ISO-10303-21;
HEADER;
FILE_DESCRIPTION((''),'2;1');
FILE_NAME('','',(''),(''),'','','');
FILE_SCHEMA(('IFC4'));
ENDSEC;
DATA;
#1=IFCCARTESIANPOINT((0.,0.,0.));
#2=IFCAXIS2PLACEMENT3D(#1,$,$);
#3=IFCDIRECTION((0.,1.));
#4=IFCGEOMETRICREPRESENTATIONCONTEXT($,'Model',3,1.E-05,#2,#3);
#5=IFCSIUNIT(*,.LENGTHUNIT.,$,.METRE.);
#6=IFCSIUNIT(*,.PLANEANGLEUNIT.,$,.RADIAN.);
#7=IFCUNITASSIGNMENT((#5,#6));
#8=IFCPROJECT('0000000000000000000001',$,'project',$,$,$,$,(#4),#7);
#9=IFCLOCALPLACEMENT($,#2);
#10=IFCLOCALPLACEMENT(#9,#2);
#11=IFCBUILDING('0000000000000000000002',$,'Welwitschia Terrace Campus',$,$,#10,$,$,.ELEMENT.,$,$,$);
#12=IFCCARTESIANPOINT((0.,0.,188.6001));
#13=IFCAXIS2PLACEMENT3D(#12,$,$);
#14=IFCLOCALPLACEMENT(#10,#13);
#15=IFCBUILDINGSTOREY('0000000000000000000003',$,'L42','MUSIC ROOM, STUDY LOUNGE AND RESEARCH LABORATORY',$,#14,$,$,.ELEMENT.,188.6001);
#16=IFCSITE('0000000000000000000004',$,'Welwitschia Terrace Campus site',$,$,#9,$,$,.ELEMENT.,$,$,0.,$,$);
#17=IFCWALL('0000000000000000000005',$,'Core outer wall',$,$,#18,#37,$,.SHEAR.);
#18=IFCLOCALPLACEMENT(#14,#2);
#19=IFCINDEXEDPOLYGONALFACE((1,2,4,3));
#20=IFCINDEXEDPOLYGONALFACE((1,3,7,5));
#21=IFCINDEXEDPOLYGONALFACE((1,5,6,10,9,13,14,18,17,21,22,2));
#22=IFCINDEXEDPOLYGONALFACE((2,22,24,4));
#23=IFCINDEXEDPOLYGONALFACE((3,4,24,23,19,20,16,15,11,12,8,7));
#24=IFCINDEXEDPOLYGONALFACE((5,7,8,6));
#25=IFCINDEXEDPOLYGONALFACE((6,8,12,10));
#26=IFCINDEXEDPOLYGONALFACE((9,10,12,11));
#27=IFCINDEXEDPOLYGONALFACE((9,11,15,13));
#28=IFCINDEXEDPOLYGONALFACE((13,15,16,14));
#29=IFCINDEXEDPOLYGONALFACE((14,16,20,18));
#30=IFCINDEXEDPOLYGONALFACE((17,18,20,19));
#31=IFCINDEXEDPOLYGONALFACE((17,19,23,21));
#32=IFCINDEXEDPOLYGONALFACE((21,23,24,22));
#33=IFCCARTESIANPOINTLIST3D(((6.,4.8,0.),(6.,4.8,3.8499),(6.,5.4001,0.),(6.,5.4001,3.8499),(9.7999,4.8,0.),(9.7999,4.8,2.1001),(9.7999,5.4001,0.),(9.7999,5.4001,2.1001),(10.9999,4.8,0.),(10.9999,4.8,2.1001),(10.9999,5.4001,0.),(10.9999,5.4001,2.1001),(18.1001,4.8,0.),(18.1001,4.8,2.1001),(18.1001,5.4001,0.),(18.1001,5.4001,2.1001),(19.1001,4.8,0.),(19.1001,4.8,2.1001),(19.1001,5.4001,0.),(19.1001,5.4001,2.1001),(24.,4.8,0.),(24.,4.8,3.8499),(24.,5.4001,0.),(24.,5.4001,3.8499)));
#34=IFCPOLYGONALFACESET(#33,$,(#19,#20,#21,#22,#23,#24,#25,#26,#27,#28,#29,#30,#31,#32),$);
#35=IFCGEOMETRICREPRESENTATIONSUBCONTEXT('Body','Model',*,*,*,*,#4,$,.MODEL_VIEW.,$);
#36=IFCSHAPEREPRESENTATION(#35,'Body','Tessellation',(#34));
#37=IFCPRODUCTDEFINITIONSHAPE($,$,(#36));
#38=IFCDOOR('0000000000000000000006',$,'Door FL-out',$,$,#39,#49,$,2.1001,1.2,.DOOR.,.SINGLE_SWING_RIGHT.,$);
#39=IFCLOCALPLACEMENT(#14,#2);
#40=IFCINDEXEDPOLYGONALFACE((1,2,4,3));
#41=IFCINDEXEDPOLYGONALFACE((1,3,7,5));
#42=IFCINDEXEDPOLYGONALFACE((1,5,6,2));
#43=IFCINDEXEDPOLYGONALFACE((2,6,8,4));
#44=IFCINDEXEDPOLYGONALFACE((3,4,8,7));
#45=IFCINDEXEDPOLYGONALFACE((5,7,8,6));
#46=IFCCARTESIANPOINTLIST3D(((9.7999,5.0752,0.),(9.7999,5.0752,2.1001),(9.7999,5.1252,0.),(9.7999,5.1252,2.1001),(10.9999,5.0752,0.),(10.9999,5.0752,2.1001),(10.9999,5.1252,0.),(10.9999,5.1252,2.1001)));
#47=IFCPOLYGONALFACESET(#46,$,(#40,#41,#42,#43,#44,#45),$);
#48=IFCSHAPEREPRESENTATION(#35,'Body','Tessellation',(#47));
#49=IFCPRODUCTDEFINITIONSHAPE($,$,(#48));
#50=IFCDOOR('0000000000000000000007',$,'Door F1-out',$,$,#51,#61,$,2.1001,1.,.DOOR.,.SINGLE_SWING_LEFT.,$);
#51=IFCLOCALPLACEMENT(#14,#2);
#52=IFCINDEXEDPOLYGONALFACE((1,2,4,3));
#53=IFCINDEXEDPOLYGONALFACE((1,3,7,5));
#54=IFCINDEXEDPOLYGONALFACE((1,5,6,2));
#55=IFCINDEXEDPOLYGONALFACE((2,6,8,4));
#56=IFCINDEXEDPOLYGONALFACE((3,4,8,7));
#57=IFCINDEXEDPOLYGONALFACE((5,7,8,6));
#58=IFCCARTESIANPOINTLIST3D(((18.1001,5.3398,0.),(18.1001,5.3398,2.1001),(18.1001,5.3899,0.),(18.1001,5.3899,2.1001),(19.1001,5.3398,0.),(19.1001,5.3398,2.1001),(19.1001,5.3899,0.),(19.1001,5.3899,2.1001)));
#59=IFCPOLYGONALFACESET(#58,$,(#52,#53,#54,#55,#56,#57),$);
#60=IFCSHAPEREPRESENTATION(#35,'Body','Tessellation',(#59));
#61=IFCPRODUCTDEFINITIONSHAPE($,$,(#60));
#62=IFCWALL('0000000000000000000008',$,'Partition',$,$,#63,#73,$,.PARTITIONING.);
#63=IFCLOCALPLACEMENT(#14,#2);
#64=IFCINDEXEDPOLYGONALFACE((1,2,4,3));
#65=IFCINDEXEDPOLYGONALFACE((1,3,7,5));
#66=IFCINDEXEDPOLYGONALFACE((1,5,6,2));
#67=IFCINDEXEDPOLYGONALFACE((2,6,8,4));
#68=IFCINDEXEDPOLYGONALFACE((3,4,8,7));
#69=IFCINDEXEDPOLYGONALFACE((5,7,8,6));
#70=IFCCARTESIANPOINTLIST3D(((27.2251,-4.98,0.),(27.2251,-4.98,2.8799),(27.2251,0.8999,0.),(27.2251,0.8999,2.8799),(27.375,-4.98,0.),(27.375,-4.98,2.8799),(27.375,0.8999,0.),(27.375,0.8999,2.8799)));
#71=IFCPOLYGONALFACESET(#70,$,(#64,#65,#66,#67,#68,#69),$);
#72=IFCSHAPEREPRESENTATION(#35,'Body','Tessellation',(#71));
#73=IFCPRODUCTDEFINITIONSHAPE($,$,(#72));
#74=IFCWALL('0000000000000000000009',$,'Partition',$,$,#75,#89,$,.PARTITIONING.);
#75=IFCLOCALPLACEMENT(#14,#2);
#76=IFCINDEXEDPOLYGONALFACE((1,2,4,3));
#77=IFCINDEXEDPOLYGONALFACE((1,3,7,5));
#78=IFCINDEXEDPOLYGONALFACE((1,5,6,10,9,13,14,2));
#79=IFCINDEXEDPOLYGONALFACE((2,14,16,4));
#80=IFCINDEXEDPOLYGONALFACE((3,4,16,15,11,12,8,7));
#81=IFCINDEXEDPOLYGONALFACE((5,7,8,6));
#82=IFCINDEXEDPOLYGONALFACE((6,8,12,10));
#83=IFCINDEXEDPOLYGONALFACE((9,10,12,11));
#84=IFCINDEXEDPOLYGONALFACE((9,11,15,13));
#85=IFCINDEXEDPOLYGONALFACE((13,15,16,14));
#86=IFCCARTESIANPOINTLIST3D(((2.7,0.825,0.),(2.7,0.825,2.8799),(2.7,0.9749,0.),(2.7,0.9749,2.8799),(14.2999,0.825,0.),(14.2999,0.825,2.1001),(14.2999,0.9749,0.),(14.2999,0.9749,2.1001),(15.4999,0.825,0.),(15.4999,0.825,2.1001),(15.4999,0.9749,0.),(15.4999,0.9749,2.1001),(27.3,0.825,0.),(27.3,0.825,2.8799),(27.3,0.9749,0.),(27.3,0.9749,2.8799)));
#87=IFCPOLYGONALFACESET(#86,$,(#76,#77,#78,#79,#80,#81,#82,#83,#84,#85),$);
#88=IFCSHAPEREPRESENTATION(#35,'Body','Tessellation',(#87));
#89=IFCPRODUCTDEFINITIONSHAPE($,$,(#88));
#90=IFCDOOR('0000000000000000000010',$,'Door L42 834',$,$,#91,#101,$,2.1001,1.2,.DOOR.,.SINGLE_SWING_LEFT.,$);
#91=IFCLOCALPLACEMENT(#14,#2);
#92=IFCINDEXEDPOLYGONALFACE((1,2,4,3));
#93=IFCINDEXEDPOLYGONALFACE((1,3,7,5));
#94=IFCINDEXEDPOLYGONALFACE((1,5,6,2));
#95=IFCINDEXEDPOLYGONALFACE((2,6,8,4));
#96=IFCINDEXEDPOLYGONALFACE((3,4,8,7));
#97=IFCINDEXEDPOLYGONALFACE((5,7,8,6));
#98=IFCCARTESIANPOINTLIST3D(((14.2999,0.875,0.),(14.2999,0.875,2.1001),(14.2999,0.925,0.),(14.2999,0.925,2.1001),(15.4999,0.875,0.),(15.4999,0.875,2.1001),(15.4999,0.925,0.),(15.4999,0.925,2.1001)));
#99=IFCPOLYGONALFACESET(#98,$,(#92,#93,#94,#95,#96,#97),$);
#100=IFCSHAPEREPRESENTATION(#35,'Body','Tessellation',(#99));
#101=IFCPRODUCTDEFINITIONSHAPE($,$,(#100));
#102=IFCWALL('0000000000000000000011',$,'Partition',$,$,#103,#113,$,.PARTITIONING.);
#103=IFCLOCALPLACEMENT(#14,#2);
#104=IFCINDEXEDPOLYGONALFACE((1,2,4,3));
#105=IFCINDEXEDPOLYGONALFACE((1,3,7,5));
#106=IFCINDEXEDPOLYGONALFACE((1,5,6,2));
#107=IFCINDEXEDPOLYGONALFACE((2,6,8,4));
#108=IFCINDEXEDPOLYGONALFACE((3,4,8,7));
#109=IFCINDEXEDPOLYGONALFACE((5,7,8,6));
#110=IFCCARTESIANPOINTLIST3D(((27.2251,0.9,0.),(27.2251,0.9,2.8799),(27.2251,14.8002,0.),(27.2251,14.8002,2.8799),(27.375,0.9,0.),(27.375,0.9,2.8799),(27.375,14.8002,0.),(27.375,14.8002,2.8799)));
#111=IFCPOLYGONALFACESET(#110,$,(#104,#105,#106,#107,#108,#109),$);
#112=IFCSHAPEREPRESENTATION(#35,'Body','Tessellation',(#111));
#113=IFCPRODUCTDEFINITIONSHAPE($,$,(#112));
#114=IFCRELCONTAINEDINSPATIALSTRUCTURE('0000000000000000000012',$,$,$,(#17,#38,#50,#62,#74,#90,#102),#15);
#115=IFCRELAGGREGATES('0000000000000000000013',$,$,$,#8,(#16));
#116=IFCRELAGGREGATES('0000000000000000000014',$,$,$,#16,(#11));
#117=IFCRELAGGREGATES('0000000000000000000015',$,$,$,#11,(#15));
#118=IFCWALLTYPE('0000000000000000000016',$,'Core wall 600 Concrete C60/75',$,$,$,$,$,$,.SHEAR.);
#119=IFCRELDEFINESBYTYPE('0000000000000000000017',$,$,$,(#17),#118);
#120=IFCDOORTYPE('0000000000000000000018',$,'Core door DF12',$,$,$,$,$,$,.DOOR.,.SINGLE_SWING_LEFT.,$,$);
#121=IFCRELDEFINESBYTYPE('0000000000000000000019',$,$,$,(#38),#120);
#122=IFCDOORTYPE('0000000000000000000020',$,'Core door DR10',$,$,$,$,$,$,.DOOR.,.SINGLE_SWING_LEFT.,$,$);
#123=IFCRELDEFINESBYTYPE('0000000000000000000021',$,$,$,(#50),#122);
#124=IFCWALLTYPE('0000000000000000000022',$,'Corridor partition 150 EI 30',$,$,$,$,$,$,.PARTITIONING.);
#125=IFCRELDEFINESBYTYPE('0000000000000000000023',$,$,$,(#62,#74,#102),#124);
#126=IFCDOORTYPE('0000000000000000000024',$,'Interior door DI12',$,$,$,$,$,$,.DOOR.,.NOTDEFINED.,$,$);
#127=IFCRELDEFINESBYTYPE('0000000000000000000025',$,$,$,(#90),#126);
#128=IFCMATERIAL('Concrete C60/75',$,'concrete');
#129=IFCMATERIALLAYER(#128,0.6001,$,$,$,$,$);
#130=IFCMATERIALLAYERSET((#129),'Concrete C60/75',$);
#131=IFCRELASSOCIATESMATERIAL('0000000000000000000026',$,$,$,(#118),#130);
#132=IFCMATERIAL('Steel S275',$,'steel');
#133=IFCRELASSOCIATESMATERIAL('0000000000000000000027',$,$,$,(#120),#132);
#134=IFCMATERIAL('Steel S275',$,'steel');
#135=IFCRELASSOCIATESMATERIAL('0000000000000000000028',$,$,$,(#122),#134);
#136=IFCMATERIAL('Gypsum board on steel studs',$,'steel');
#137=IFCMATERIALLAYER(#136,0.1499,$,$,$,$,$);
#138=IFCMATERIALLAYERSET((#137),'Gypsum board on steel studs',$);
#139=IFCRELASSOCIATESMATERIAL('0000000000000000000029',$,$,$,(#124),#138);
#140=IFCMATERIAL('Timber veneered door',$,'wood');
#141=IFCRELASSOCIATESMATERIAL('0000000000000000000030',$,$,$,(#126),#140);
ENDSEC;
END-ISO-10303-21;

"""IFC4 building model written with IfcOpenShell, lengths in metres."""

from ifc_helpers import new_model, si_unit, direction, frame, frame_2d, origin, place, context, subcontext, project, spatial, rectangle, extrude, material, layer, layer_set, type_object, element, fill, save


model = new_model("IFC4")

# Units and contexts
model_context = context("Model", 3, precision=1e-05, world=origin(), true_north=direction((0.0, 1.0)))
body_context = subcontext(model_context, "Body", "Model", "MODEL_VIEW")
ifc_project = project(units=[si_unit("LENGTHUNIT", "METRE"), si_unit("PLANEANGLEUNIT", "RADIAN")], contexts=[model_context])

# Site, building, storey
site_placement = place(None, origin())
site = spatial("IfcSite", under=ifc_project, at=site_placement, Name="Welwitschia Terrace Campus site", CompositionType="ELEMENT", RefElevation=0.0)
building_placement = place(site_placement, origin())
building = spatial("IfcBuilding", under=site, at=building_placement, Name="Welwitschia Terrace Campus", CompositionType="ELEMENT")
storey_placement = place(building_placement, frame((0.0, 0.0, 188.6001)))
storey = spatial("IfcBuildingStorey", under=building, at=storey_placement, Name="L42", Description="MUSIC ROOM, STUDY LOUNGE AND RESEARCH LABORATORY", CompositionType="ELEMENT", Elevation=188.6001)

# Wall, openings, doors
ifc_material_1 = material(Name="Concrete C60/75", Category="concrete")
ifc_layer_1 = layer(ifc_material_1, 0.6001)
ifc_layer_set_1 = layer_set([ifc_layer_1], Name="Concrete C60/75")
wall_type_1 = type_object("IfcWallType", Name="Core wall 600 Concrete C60/75", PredefinedType="SHEAR", material=ifc_layer_set_1)
wall_1_placement = place(storey_placement, frame((24.0, 5.1001, 0.0), z_axis=(0.0, 0.0, 1.0), x_axis=(-1.0, 0.0, 0.0)))
wall_1 = element("IfcWall", 1, at=wall_1_placement, inside=storey, type_object=wall_type_1, Name="Core outer wall", PredefinedType="SHEAR", context=body_context, shape_type="SweptSolid", body=[
    extrude(rectangle(XDim=18.0, YDim=0.6001, at=frame_2d((9.0, 0.0))), origin(), (0.0, 0.0, 1.0), 3.8499),
])
opening_1_placement = place(wall_1_placement, frame((13.0, 0.0, 0.0)))
opening_1 = element("IfcOpeningElement", 2, at=opening_1_placement, cuts=wall_1, PredefinedType="OPENING", context=body_context, shape_type="SweptSolid", body=[
    extrude(rectangle(XDim=1.2, YDim=2.1001, at=frame_2d((0.6001, 1.05))), frame((0.0, 0.3101, 0.0), z_axis=(0.0, -1.0, 0.0), x_axis=(1.0, 0.0, 0.0)), (0.0, 0.0, 1.0), 0.6201),
])
opening_2_placement = place(wall_1_placement, frame((4.8999, 0.0, 0.0)))
opening_2 = element("IfcOpeningElement", 3, at=opening_2_placement, cuts=wall_1, PredefinedType="OPENING", context=body_context, shape_type="SweptSolid", body=[
    extrude(rectangle(XDim=1.0, YDim=2.1001, at=frame_2d((0.5, 1.05))), frame((0.0, 0.3101, 0.0), z_axis=(0.0, -1.0, 0.0), x_axis=(1.0, 0.0, 0.0)), (0.0, 0.0, 1.0), 0.6201),
])
ifc_material_2 = material(Name="Steel S275", Category="steel")
door_type_1 = type_object("IfcDoorType", Name="Core door DF12", OperationType="SINGLE_SWING_LEFT", PredefinedType="DOOR", material=ifc_material_2)
door_1_placement = place(opening_1_placement, origin())
door_1 = element("IfcDoor", 4, at=door_1_placement, inside=storey, type_object=door_type_1, Name="Door FL-out", OperationType="SINGLE_SWING_RIGHT", OverallHeight=2.1001, OverallWidth=1.2, PredefinedType="DOOR", context=body_context, shape_type="SweptSolid", body=[
    extrude(rectangle(XDim=1.2, YDim=2.1001, at=frame_2d((0.6001, 1.05))), frame((0.0, 0.0249, 0.0), z_axis=(0.0, -1.0, 0.0), x_axis=(1.0, 0.0, 0.0)), (0.0, 0.0, 1.0), 0.05),
])
fill(opening_1, door_1)
ifc_material_3 = material(Name="Steel S275", Category="steel")
door_type_2 = type_object("IfcDoorType", Name="Core door DR10", OperationType="SINGLE_SWING_LEFT", PredefinedType="DOOR", material=ifc_material_3)
door_2_placement = place(opening_2_placement, origin())
door_2 = element("IfcDoor", 5, at=door_2_placement, inside=storey, type_object=door_type_2, Name="Door F1-out", OperationType="SINGLE_SWING_LEFT", OverallHeight=2.1001, OverallWidth=1.0, PredefinedType="DOOR", context=body_context, shape_type="SweptSolid", body=[
    extrude(rectangle(XDim=1.0, YDim=2.1001, at=frame_2d((0.5, 1.05))), frame((0.0, -0.2397, 0.0), z_axis=(0.0, -1.0, 0.0), x_axis=(1.0, 0.0, 0.0)), (0.0, 0.0, 1.0), 0.05),
])
fill(opening_2, door_2)

# Wall
ifc_material_4 = material(Name="Gypsum board on steel studs", Category="steel")
ifc_layer_2 = layer(ifc_material_4, 0.1499)
ifc_layer_set_2 = layer_set([ifc_layer_2], Name="Gypsum board on steel studs")
wall_type_2 = type_object("IfcWallType", Name="Corridor partition 150 EI 30", PredefinedType="PARTITIONING", material=ifc_layer_set_2)
wall_2_placement = place(storey_placement, frame((27.3, -4.98, 0.0), z_axis=(0.0, 0.0, 1.0), x_axis=(0.0, 1.0, 0.0)))
element("IfcWall", 6, at=wall_2_placement, inside=storey, type_object=wall_type_2, Name="Partition", PredefinedType="PARTITIONING", context=body_context, shape_type="SweptSolid", body=[
    extrude(rectangle(XDim=5.8799, YDim=0.1499, at=frame_2d((2.9399, 0.0))), origin(), (0.0, 0.0, 1.0), 2.8799),
])

# Wall, opening, door
wall_3_placement = place(storey_placement, frame((27.3, 0.8999, 0.0), z_axis=(0.0, 0.0, 1.0), x_axis=(-1.0, 0.0, 0.0)))
wall_3 = element("IfcWall", 7, at=wall_3_placement, inside=storey, type_object=wall_type_2, Name="Partition", PredefinedType="PARTITIONING", context=body_context, shape_type="SweptSolid", body=[
    extrude(rectangle(XDim=24.6001, YDim=0.1499, at=frame_2d((12.3, 0.0))), origin(), (0.0, 0.0, 1.0), 2.8799),
])
opening_3_placement = place(wall_3_placement, frame((11.8, 0.0, 0.0)))
opening_3 = element("IfcOpeningElement", 8, at=opening_3_placement, cuts=wall_3, PredefinedType="OPENING", context=body_context, shape_type="SweptSolid", body=[
    extrude(rectangle(XDim=1.2, YDim=2.1001, at=frame_2d((0.6001, 1.05))), frame((0.0, 0.085, 0.0), z_axis=(0.0, -1.0, 0.0), x_axis=(1.0, 0.0, 0.0)), (0.0, 0.0, 1.0), 0.1699),
])
ifc_material_5 = material(Name="Timber veneered door", Category="wood")
door_type_3 = type_object("IfcDoorType", Name="Interior door DI12", OperationType="NOTDEFINED", PredefinedType="DOOR", material=ifc_material_5)
door_3_placement = place(opening_3_placement, origin())
door_3 = element("IfcDoor", 9, at=door_3_placement, inside=storey, type_object=door_type_3, Name="Door L42 834", OperationType="SINGLE_SWING_LEFT", OverallHeight=2.1001, OverallWidth=1.2, PredefinedType="DOOR", context=body_context, shape_type="SweptSolid", body=[
    extrude(rectangle(XDim=1.2, YDim=2.1001, at=frame_2d((0.6001, 1.05))), frame((0.0, 0.0249, 0.0), z_axis=(0.0, -1.0, 0.0), x_axis=(1.0, 0.0, 0.0)), (0.0, 0.0, 1.0), 0.05),
])
fill(opening_3, door_3)

# Wall
wall_4_placement = place(storey_placement, frame((27.3, 0.8999, 0.0), z_axis=(0.0, 0.0, 1.0), x_axis=(0.0, 1.0, 0.0)))
element("IfcWall", 10, at=wall_4_placement, inside=storey, type_object=wall_type_2, Name="Partition", PredefinedType="PARTITIONING", context=body_context, shape_type="SweptSolid", body=[
    extrude(rectangle(XDim=13.9001, YDim=0.1499, at=frame_2d((6.9502, 0.0))), origin(), (0.0, 0.0, 1.0), 2.8799),
])

save(model, "model.ifc")
